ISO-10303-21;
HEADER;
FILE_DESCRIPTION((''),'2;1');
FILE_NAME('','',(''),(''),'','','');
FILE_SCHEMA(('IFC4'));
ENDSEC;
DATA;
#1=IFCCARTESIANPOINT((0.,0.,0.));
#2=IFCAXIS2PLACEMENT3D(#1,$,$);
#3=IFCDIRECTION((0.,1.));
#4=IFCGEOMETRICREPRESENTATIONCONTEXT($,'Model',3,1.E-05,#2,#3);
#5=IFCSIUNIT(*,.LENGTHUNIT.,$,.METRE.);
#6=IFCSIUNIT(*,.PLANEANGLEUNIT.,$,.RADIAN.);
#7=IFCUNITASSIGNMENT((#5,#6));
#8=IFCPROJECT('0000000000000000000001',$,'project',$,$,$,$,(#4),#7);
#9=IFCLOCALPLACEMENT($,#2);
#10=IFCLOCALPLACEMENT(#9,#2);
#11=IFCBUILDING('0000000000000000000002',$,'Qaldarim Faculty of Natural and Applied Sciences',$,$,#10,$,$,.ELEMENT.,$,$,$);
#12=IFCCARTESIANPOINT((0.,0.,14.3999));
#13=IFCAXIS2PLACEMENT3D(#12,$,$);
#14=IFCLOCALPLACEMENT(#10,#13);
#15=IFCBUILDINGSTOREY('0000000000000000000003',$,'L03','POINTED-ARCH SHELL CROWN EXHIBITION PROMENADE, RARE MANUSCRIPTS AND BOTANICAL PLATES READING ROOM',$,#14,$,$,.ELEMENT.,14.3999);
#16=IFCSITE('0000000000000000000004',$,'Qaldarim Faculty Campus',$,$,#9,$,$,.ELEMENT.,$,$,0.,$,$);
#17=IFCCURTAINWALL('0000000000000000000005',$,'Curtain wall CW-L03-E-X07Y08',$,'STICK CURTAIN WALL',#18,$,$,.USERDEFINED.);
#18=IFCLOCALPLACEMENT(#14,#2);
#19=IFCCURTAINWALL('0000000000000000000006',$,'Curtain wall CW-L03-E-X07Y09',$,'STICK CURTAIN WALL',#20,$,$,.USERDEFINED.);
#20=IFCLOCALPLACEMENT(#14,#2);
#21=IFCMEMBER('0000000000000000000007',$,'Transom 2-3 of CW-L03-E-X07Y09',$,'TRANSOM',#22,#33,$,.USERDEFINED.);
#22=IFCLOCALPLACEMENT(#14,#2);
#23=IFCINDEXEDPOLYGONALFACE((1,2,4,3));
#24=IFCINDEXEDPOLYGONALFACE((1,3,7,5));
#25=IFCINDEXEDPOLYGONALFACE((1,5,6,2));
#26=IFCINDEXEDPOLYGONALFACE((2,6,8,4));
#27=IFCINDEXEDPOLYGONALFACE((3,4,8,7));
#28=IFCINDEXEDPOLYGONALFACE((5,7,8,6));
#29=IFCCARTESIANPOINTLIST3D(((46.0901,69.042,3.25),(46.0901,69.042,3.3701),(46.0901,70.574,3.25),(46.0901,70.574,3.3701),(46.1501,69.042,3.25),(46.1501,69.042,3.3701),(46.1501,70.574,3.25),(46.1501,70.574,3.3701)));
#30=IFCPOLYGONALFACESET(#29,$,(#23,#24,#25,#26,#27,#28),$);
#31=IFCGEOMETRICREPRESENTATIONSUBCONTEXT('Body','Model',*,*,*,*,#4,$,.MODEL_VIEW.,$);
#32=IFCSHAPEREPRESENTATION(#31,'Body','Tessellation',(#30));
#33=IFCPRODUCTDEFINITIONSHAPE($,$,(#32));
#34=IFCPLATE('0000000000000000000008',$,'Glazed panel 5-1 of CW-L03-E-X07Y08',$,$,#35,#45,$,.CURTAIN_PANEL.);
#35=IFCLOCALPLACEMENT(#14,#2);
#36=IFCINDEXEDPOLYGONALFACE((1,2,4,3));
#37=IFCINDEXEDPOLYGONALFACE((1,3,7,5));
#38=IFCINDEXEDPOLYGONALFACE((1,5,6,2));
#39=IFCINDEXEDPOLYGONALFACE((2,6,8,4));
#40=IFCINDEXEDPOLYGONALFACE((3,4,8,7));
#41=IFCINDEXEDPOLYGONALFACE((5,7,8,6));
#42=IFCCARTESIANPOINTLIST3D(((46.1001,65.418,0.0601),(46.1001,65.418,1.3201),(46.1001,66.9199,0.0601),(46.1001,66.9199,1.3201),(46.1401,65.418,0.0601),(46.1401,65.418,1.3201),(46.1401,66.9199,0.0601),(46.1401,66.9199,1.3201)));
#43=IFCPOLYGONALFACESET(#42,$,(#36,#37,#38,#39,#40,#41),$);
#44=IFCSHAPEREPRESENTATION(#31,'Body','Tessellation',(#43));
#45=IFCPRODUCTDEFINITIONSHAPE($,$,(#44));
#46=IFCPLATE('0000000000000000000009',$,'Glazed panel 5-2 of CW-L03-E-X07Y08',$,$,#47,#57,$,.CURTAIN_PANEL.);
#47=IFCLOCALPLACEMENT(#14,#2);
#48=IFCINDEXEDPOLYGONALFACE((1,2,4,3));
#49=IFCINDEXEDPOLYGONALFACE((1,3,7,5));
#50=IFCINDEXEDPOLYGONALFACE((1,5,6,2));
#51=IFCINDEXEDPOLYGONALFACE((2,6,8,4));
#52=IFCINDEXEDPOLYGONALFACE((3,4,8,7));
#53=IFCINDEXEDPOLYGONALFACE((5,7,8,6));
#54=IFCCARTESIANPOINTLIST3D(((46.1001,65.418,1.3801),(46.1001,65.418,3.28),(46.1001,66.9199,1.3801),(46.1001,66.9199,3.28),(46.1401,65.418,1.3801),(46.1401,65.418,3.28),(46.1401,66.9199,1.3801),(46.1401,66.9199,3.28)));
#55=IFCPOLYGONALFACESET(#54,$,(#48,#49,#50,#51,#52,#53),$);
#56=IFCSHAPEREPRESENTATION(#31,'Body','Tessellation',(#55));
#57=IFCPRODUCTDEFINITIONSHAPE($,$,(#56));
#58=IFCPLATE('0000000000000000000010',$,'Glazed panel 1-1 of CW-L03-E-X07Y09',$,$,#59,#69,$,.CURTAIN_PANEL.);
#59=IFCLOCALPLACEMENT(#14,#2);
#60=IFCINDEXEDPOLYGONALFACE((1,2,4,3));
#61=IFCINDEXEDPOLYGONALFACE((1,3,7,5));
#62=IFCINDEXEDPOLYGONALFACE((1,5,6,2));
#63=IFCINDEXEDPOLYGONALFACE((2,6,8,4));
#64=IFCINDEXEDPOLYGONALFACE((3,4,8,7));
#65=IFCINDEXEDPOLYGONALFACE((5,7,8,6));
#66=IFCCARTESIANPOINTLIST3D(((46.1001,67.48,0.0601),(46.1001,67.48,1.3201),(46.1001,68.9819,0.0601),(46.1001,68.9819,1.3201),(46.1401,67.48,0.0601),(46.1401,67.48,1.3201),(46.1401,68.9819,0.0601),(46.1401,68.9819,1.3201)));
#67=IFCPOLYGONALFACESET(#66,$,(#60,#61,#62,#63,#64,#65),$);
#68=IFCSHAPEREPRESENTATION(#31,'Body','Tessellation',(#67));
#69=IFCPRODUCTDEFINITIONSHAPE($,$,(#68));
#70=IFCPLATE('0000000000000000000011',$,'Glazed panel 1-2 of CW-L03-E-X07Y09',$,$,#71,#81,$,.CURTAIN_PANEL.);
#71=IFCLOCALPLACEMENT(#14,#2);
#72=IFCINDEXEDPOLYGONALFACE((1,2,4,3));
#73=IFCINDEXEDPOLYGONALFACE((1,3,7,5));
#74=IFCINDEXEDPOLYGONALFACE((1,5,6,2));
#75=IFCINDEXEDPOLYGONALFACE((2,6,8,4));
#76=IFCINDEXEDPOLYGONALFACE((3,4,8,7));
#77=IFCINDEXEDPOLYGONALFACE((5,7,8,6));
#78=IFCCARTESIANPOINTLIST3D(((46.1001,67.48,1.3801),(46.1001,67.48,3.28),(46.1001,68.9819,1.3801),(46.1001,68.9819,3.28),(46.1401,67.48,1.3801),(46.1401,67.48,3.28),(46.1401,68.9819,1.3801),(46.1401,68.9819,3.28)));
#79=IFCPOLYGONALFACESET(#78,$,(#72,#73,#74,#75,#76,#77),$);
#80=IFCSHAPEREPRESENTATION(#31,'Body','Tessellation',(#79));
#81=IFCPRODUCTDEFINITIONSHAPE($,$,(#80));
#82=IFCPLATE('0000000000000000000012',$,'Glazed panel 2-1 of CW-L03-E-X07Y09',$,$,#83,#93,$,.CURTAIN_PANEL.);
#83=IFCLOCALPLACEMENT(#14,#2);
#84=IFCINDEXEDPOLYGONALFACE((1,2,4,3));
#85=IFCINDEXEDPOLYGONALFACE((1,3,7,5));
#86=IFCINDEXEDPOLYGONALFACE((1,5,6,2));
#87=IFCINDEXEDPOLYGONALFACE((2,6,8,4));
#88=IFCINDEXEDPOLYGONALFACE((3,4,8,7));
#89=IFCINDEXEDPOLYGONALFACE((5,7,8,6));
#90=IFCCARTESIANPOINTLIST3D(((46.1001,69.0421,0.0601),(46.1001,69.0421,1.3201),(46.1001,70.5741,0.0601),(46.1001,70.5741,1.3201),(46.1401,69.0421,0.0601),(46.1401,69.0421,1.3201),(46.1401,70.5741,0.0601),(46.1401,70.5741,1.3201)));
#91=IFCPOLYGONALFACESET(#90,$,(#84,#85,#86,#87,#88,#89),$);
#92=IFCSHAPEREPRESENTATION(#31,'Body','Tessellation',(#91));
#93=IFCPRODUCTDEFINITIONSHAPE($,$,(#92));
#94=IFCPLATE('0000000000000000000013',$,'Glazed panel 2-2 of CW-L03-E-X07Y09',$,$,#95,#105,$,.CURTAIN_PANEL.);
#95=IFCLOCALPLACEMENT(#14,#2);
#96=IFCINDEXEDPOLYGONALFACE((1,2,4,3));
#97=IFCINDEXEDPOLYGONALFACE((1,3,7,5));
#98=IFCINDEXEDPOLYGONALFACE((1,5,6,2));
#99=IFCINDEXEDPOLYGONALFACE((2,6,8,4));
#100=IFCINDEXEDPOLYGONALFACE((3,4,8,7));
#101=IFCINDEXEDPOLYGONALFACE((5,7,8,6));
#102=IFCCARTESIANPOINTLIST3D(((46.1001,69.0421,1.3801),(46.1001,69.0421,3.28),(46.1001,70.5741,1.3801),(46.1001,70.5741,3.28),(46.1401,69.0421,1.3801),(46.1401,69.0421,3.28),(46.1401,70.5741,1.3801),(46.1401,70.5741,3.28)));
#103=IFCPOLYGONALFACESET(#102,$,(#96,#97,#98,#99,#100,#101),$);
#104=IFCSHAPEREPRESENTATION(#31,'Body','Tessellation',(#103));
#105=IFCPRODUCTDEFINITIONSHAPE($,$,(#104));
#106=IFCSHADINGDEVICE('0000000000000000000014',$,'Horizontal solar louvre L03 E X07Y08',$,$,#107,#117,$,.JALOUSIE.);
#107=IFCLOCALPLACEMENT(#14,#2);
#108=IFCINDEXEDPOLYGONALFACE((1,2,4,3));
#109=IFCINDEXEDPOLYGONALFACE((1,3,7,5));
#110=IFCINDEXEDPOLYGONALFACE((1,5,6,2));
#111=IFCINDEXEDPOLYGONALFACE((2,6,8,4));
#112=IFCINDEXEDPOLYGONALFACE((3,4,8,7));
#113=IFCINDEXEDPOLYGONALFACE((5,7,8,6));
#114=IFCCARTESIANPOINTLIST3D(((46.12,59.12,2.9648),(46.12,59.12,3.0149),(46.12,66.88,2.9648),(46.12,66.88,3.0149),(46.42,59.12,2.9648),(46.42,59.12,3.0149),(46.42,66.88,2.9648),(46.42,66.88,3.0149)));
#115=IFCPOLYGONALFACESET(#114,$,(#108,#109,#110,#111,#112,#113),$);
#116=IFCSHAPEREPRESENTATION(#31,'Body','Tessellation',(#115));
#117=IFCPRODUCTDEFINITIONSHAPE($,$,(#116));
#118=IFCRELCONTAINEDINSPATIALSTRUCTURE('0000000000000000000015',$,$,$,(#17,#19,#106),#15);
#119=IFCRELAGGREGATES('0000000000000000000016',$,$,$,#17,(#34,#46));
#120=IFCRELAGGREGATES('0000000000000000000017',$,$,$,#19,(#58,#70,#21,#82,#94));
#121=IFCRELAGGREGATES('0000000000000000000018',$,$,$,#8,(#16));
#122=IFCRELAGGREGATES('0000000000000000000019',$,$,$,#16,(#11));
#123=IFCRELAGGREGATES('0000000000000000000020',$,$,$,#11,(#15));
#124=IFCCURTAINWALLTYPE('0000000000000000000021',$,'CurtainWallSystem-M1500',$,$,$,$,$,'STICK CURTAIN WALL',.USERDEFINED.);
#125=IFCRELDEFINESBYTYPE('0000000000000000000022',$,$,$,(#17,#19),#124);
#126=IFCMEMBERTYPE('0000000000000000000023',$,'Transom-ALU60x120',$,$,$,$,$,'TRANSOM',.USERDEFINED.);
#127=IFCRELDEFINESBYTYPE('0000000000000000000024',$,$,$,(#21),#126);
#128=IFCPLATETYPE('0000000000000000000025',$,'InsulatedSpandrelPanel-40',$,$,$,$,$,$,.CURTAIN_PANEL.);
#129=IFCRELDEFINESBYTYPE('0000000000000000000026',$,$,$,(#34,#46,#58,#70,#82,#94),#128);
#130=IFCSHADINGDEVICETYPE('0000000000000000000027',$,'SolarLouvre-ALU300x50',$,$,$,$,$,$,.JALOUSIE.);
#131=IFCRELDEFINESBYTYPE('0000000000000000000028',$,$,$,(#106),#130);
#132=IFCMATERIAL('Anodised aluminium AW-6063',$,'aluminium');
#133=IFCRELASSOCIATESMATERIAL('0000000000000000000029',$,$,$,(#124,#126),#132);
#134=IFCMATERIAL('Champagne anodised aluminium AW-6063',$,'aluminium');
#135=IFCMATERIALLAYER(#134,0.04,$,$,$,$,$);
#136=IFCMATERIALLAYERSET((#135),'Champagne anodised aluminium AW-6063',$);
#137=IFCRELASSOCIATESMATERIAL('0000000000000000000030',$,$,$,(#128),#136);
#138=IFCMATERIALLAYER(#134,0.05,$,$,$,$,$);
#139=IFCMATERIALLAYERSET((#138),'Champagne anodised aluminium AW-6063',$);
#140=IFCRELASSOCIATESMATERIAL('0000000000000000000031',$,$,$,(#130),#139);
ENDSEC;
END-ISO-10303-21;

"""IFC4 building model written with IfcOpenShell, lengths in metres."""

from ifc_helpers import new_model, si_unit, direction, frame, origin, origin_2d, place, context, subcontext, project, spatial, rectangle, extrude, material, layer, layer_set, material_profile, profile_set, type_object, element, aggregate, save


model = new_model("IFC4")

# Units and contexts
model_context = context("Model", 3, precision=1e-05, world=origin(), true_north=direction((0.0, 1.0)))
body_context = subcontext(model_context, "Body", "Model", "MODEL_VIEW")
ifc_project = project(units=[si_unit("LENGTHUNIT", "METRE"), si_unit("PLANEANGLEUNIT", "RADIAN")], contexts=[model_context])

# Site, building, storey
site_placement = place(None, origin())
site = spatial("IfcSite", under=ifc_project, at=site_placement, Name="Qaldarim Faculty Campus", CompositionType="ELEMENT", RefElevation=0.0)
building_placement = place(site_placement, origin())
building = spatial("IfcBuilding", under=site, at=building_placement, Name="Qaldarim Faculty of Natural and Applied Sciences", CompositionType="ELEMENT")
storey_placement = place(building_placement, frame((0.0, 0.0, 14.3999)))
storey = spatial("IfcBuildingStorey", under=building, at=storey_placement, Name="L03", Description="POINTED-ARCH SHELL CROWN EXHIBITION PROMENADE, RARE MANUSCRIPTS AND BOTANICAL PLATES READING ROOM", CompositionType="ELEMENT", Elevation=14.3999)

# Curtain wall
ifc_material_1 = material(Name="Anodised aluminium AW-6063", Category="aluminium")
curtain_wall_type = type_object("IfcCurtainWallType", Name="CurtainWallSystem-M1500", ElementType="STICK CURTAIN WALL", PredefinedType="USERDEFINED", material=ifc_material_1)
curtain_wall_1_placement = place(storey_placement, origin())
curtain_wall_1 = element("IfcCurtainWall", 1, at=curtain_wall_1_placement, inside=storey, type_object=curtain_wall_type, Name="Curtain wall CW-L03-E-X07Y08", ObjectType="STICK CURTAIN WALL", PredefinedType="USERDEFINED")

# Curtain wall
curtain_wall_2_placement = place(storey_placement, origin())
curtain_wall_2 = element("IfcCurtainWall", 2, at=curtain_wall_2_placement, inside=storey, type_object=curtain_wall_type, Name="Curtain wall CW-L03-E-X07Y09", ObjectType="STICK CURTAIN WALL", PredefinedType="USERDEFINED")

# Member
ifc_material_profile_1 = material_profile(ifc_material_1, rectangle(XDim=0.0601, YDim=0.1201, at=origin_2d()), Name="ALU-T60x120")
ifc_profile_set_1 = profile_set([ifc_material_profile_1], Name="Anodised aluminium AW-6063")
member_type_1 = type_object("IfcMemberType", Name="Transom-ALU60x120", ElementType="TRANSOM", PredefinedType="USERDEFINED", material=ifc_profile_set_1)
member_1_placement = place(storey_placement, frame((46.1201, 69.042, 3.3101), z_axis=(0.0, 1.0, 0.0), x_axis=(-1.0, 0.0, 0.0)))
member_1 = element("IfcMember", 3, at=member_1_placement, type_object=member_type_1, Name="Transom 2-3 of CW-L03-E-X07Y09", ObjectType="TRANSOM", PredefinedType="USERDEFINED", context=body_context, shape_type="SweptSolid", body=[
    extrude(rectangle(XDim=0.0601, YDim=0.1201, at=origin_2d()), origin(), (0.0, 0.0, 1.0), 1.532),
])

# Plates
ifc_material_2 = material(Name="Champagne anodised aluminium AW-6063", Category="aluminium")
ifc_layer_1 = layer(ifc_material_2, 0.04)
ifc_layer_set_1 = layer_set([ifc_layer_1], Name="Champagne anodised aluminium AW-6063")
plate_type = type_object("IfcPlateType", Name="InsulatedSpandrelPanel-40", PredefinedType="CURTAIN_PANEL", material=ifc_layer_set_1)
plate_1_placement = place(storey_placement, frame((46.1201, 66.1689, 0.0601), z_axis=(0.0, 0.0, 1.0), x_axis=(0.0, 1.0, 0.0)))
plate_1 = element("IfcPlate", 4, at=plate_1_placement, type_object=plate_type, Name="Glazed panel 5-1 of CW-L03-E-X07Y08", PredefinedType="CURTAIN_PANEL", context=body_context, shape_type="SweptSolid", body=[
    extrude(rectangle(XDim=1.502, YDim=0.04, at=origin_2d()), origin(), (0.0, 0.0, 1.0), 1.26),
])
plate_2_placement = place(storey_placement, frame((46.1201, 66.1689, 1.3801), z_axis=(0.0, 0.0, 1.0), x_axis=(0.0, 1.0, 0.0)))
plate_2 = element("IfcPlate", 5, at=plate_2_placement, type_object=plate_type, Name="Glazed panel 5-2 of CW-L03-E-X07Y08", PredefinedType="CURTAIN_PANEL", context=body_context, shape_type="SweptSolid", body=[
    extrude(rectangle(XDim=1.502, YDim=0.04, at=origin_2d()), origin(), (0.0, 0.0, 1.0), 1.8999),
])
aggregate(curtain_wall_1, [plate_1, plate_2])
plate_3_placement = place(storey_placement, frame((46.1201, 68.231, 0.0601), z_axis=(0.0, 0.0, 1.0), x_axis=(0.0, 1.0, 0.0)))
plate_3 = element("IfcPlate", 6, at=plate_3_placement, type_object=plate_type, Name="Glazed panel 1-1 of CW-L03-E-X07Y09", PredefinedType="CURTAIN_PANEL", context=body_context, shape_type="SweptSolid", body=[
    extrude(rectangle(XDim=1.502, YDim=0.04, at=origin_2d()), origin(), (0.0, 0.0, 1.0), 1.26),
])
plate_4_placement = place(storey_placement, frame((46.1201, 68.231, 1.3801), z_axis=(0.0, 0.0, 1.0), x_axis=(0.0, 1.0, 0.0)))
plate_4 = element("IfcPlate", 7, at=plate_4_placement, type_object=plate_type, Name="Glazed panel 1-2 of CW-L03-E-X07Y09", PredefinedType="CURTAIN_PANEL", context=body_context, shape_type="SweptSolid", body=[
    extrude(rectangle(XDim=1.502, YDim=0.04, at=origin_2d()), origin(), (0.0, 0.0, 1.0), 1.8999),
])
plate_5_placement = place(storey_placement, frame((46.1201, 69.8081, 0.0601), z_axis=(0.0, 0.0, 1.0), x_axis=(0.0, 1.0, 0.0)))
plate_5 = element("IfcPlate", 8, at=plate_5_placement, type_object=plate_type, Name="Glazed panel 2-1 of CW-L03-E-X07Y09", PredefinedType="CURTAIN_PANEL", context=body_context, shape_type="SweptSolid", body=[
    extrude(rectangle(XDim=1.532, YDim=0.04, at=origin_2d()), origin(), (0.0, 0.0, 1.0), 1.26),
])
plate_6_placement = place(storey_placement, frame((46.1201, 69.8081, 1.3801), z_axis=(0.0, 0.0, 1.0), x_axis=(0.0, 1.0, 0.0)))
plate_6 = element("IfcPlate", 9, at=plate_6_placement, type_object=plate_type, Name="Glazed panel 2-2 of CW-L03-E-X07Y09", PredefinedType="CURTAIN_PANEL", context=body_context, shape_type="SweptSolid", body=[
    extrude(rectangle(XDim=1.532, YDim=0.04, at=origin_2d()), origin(), (0.0, 0.0, 1.0), 1.8999),
])
aggregate(curtain_wall_2, [plate_3, plate_4, member_1, plate_5, plate_6])

# Shading device
ifc_layer_2 = layer(ifc_material_2, 0.05)
ifc_layer_set_2 = layer_set([ifc_layer_2], Name="Champagne anodised aluminium AW-6063")
shading_device_type = type_object("IfcShadingDeviceType", Name="SolarLouvre-ALU300x50", PredefinedType="JALOUSIE", material=ifc_layer_set_2)
shading_device_placement = place(storey_placement, frame((46.27, 63.0, 2.9648), z_axis=(0.0, 0.0, 1.0), x_axis=(0.0, 1.0, 0.0)))
element("IfcShadingDevice", 10, at=shading_device_placement, inside=storey, type_object=shading_device_type, Name="Horizontal solar louvre L03 E X07Y08", PredefinedType="JALOUSIE", context=body_context, shape_type="SweptSolid", body=[
    extrude(rectangle(XDim=7.76, YDim=0.3, at=origin_2d()), origin(), (0.0, 0.0, 1.0), 0.05),
])

save(model, "model.ifc")
